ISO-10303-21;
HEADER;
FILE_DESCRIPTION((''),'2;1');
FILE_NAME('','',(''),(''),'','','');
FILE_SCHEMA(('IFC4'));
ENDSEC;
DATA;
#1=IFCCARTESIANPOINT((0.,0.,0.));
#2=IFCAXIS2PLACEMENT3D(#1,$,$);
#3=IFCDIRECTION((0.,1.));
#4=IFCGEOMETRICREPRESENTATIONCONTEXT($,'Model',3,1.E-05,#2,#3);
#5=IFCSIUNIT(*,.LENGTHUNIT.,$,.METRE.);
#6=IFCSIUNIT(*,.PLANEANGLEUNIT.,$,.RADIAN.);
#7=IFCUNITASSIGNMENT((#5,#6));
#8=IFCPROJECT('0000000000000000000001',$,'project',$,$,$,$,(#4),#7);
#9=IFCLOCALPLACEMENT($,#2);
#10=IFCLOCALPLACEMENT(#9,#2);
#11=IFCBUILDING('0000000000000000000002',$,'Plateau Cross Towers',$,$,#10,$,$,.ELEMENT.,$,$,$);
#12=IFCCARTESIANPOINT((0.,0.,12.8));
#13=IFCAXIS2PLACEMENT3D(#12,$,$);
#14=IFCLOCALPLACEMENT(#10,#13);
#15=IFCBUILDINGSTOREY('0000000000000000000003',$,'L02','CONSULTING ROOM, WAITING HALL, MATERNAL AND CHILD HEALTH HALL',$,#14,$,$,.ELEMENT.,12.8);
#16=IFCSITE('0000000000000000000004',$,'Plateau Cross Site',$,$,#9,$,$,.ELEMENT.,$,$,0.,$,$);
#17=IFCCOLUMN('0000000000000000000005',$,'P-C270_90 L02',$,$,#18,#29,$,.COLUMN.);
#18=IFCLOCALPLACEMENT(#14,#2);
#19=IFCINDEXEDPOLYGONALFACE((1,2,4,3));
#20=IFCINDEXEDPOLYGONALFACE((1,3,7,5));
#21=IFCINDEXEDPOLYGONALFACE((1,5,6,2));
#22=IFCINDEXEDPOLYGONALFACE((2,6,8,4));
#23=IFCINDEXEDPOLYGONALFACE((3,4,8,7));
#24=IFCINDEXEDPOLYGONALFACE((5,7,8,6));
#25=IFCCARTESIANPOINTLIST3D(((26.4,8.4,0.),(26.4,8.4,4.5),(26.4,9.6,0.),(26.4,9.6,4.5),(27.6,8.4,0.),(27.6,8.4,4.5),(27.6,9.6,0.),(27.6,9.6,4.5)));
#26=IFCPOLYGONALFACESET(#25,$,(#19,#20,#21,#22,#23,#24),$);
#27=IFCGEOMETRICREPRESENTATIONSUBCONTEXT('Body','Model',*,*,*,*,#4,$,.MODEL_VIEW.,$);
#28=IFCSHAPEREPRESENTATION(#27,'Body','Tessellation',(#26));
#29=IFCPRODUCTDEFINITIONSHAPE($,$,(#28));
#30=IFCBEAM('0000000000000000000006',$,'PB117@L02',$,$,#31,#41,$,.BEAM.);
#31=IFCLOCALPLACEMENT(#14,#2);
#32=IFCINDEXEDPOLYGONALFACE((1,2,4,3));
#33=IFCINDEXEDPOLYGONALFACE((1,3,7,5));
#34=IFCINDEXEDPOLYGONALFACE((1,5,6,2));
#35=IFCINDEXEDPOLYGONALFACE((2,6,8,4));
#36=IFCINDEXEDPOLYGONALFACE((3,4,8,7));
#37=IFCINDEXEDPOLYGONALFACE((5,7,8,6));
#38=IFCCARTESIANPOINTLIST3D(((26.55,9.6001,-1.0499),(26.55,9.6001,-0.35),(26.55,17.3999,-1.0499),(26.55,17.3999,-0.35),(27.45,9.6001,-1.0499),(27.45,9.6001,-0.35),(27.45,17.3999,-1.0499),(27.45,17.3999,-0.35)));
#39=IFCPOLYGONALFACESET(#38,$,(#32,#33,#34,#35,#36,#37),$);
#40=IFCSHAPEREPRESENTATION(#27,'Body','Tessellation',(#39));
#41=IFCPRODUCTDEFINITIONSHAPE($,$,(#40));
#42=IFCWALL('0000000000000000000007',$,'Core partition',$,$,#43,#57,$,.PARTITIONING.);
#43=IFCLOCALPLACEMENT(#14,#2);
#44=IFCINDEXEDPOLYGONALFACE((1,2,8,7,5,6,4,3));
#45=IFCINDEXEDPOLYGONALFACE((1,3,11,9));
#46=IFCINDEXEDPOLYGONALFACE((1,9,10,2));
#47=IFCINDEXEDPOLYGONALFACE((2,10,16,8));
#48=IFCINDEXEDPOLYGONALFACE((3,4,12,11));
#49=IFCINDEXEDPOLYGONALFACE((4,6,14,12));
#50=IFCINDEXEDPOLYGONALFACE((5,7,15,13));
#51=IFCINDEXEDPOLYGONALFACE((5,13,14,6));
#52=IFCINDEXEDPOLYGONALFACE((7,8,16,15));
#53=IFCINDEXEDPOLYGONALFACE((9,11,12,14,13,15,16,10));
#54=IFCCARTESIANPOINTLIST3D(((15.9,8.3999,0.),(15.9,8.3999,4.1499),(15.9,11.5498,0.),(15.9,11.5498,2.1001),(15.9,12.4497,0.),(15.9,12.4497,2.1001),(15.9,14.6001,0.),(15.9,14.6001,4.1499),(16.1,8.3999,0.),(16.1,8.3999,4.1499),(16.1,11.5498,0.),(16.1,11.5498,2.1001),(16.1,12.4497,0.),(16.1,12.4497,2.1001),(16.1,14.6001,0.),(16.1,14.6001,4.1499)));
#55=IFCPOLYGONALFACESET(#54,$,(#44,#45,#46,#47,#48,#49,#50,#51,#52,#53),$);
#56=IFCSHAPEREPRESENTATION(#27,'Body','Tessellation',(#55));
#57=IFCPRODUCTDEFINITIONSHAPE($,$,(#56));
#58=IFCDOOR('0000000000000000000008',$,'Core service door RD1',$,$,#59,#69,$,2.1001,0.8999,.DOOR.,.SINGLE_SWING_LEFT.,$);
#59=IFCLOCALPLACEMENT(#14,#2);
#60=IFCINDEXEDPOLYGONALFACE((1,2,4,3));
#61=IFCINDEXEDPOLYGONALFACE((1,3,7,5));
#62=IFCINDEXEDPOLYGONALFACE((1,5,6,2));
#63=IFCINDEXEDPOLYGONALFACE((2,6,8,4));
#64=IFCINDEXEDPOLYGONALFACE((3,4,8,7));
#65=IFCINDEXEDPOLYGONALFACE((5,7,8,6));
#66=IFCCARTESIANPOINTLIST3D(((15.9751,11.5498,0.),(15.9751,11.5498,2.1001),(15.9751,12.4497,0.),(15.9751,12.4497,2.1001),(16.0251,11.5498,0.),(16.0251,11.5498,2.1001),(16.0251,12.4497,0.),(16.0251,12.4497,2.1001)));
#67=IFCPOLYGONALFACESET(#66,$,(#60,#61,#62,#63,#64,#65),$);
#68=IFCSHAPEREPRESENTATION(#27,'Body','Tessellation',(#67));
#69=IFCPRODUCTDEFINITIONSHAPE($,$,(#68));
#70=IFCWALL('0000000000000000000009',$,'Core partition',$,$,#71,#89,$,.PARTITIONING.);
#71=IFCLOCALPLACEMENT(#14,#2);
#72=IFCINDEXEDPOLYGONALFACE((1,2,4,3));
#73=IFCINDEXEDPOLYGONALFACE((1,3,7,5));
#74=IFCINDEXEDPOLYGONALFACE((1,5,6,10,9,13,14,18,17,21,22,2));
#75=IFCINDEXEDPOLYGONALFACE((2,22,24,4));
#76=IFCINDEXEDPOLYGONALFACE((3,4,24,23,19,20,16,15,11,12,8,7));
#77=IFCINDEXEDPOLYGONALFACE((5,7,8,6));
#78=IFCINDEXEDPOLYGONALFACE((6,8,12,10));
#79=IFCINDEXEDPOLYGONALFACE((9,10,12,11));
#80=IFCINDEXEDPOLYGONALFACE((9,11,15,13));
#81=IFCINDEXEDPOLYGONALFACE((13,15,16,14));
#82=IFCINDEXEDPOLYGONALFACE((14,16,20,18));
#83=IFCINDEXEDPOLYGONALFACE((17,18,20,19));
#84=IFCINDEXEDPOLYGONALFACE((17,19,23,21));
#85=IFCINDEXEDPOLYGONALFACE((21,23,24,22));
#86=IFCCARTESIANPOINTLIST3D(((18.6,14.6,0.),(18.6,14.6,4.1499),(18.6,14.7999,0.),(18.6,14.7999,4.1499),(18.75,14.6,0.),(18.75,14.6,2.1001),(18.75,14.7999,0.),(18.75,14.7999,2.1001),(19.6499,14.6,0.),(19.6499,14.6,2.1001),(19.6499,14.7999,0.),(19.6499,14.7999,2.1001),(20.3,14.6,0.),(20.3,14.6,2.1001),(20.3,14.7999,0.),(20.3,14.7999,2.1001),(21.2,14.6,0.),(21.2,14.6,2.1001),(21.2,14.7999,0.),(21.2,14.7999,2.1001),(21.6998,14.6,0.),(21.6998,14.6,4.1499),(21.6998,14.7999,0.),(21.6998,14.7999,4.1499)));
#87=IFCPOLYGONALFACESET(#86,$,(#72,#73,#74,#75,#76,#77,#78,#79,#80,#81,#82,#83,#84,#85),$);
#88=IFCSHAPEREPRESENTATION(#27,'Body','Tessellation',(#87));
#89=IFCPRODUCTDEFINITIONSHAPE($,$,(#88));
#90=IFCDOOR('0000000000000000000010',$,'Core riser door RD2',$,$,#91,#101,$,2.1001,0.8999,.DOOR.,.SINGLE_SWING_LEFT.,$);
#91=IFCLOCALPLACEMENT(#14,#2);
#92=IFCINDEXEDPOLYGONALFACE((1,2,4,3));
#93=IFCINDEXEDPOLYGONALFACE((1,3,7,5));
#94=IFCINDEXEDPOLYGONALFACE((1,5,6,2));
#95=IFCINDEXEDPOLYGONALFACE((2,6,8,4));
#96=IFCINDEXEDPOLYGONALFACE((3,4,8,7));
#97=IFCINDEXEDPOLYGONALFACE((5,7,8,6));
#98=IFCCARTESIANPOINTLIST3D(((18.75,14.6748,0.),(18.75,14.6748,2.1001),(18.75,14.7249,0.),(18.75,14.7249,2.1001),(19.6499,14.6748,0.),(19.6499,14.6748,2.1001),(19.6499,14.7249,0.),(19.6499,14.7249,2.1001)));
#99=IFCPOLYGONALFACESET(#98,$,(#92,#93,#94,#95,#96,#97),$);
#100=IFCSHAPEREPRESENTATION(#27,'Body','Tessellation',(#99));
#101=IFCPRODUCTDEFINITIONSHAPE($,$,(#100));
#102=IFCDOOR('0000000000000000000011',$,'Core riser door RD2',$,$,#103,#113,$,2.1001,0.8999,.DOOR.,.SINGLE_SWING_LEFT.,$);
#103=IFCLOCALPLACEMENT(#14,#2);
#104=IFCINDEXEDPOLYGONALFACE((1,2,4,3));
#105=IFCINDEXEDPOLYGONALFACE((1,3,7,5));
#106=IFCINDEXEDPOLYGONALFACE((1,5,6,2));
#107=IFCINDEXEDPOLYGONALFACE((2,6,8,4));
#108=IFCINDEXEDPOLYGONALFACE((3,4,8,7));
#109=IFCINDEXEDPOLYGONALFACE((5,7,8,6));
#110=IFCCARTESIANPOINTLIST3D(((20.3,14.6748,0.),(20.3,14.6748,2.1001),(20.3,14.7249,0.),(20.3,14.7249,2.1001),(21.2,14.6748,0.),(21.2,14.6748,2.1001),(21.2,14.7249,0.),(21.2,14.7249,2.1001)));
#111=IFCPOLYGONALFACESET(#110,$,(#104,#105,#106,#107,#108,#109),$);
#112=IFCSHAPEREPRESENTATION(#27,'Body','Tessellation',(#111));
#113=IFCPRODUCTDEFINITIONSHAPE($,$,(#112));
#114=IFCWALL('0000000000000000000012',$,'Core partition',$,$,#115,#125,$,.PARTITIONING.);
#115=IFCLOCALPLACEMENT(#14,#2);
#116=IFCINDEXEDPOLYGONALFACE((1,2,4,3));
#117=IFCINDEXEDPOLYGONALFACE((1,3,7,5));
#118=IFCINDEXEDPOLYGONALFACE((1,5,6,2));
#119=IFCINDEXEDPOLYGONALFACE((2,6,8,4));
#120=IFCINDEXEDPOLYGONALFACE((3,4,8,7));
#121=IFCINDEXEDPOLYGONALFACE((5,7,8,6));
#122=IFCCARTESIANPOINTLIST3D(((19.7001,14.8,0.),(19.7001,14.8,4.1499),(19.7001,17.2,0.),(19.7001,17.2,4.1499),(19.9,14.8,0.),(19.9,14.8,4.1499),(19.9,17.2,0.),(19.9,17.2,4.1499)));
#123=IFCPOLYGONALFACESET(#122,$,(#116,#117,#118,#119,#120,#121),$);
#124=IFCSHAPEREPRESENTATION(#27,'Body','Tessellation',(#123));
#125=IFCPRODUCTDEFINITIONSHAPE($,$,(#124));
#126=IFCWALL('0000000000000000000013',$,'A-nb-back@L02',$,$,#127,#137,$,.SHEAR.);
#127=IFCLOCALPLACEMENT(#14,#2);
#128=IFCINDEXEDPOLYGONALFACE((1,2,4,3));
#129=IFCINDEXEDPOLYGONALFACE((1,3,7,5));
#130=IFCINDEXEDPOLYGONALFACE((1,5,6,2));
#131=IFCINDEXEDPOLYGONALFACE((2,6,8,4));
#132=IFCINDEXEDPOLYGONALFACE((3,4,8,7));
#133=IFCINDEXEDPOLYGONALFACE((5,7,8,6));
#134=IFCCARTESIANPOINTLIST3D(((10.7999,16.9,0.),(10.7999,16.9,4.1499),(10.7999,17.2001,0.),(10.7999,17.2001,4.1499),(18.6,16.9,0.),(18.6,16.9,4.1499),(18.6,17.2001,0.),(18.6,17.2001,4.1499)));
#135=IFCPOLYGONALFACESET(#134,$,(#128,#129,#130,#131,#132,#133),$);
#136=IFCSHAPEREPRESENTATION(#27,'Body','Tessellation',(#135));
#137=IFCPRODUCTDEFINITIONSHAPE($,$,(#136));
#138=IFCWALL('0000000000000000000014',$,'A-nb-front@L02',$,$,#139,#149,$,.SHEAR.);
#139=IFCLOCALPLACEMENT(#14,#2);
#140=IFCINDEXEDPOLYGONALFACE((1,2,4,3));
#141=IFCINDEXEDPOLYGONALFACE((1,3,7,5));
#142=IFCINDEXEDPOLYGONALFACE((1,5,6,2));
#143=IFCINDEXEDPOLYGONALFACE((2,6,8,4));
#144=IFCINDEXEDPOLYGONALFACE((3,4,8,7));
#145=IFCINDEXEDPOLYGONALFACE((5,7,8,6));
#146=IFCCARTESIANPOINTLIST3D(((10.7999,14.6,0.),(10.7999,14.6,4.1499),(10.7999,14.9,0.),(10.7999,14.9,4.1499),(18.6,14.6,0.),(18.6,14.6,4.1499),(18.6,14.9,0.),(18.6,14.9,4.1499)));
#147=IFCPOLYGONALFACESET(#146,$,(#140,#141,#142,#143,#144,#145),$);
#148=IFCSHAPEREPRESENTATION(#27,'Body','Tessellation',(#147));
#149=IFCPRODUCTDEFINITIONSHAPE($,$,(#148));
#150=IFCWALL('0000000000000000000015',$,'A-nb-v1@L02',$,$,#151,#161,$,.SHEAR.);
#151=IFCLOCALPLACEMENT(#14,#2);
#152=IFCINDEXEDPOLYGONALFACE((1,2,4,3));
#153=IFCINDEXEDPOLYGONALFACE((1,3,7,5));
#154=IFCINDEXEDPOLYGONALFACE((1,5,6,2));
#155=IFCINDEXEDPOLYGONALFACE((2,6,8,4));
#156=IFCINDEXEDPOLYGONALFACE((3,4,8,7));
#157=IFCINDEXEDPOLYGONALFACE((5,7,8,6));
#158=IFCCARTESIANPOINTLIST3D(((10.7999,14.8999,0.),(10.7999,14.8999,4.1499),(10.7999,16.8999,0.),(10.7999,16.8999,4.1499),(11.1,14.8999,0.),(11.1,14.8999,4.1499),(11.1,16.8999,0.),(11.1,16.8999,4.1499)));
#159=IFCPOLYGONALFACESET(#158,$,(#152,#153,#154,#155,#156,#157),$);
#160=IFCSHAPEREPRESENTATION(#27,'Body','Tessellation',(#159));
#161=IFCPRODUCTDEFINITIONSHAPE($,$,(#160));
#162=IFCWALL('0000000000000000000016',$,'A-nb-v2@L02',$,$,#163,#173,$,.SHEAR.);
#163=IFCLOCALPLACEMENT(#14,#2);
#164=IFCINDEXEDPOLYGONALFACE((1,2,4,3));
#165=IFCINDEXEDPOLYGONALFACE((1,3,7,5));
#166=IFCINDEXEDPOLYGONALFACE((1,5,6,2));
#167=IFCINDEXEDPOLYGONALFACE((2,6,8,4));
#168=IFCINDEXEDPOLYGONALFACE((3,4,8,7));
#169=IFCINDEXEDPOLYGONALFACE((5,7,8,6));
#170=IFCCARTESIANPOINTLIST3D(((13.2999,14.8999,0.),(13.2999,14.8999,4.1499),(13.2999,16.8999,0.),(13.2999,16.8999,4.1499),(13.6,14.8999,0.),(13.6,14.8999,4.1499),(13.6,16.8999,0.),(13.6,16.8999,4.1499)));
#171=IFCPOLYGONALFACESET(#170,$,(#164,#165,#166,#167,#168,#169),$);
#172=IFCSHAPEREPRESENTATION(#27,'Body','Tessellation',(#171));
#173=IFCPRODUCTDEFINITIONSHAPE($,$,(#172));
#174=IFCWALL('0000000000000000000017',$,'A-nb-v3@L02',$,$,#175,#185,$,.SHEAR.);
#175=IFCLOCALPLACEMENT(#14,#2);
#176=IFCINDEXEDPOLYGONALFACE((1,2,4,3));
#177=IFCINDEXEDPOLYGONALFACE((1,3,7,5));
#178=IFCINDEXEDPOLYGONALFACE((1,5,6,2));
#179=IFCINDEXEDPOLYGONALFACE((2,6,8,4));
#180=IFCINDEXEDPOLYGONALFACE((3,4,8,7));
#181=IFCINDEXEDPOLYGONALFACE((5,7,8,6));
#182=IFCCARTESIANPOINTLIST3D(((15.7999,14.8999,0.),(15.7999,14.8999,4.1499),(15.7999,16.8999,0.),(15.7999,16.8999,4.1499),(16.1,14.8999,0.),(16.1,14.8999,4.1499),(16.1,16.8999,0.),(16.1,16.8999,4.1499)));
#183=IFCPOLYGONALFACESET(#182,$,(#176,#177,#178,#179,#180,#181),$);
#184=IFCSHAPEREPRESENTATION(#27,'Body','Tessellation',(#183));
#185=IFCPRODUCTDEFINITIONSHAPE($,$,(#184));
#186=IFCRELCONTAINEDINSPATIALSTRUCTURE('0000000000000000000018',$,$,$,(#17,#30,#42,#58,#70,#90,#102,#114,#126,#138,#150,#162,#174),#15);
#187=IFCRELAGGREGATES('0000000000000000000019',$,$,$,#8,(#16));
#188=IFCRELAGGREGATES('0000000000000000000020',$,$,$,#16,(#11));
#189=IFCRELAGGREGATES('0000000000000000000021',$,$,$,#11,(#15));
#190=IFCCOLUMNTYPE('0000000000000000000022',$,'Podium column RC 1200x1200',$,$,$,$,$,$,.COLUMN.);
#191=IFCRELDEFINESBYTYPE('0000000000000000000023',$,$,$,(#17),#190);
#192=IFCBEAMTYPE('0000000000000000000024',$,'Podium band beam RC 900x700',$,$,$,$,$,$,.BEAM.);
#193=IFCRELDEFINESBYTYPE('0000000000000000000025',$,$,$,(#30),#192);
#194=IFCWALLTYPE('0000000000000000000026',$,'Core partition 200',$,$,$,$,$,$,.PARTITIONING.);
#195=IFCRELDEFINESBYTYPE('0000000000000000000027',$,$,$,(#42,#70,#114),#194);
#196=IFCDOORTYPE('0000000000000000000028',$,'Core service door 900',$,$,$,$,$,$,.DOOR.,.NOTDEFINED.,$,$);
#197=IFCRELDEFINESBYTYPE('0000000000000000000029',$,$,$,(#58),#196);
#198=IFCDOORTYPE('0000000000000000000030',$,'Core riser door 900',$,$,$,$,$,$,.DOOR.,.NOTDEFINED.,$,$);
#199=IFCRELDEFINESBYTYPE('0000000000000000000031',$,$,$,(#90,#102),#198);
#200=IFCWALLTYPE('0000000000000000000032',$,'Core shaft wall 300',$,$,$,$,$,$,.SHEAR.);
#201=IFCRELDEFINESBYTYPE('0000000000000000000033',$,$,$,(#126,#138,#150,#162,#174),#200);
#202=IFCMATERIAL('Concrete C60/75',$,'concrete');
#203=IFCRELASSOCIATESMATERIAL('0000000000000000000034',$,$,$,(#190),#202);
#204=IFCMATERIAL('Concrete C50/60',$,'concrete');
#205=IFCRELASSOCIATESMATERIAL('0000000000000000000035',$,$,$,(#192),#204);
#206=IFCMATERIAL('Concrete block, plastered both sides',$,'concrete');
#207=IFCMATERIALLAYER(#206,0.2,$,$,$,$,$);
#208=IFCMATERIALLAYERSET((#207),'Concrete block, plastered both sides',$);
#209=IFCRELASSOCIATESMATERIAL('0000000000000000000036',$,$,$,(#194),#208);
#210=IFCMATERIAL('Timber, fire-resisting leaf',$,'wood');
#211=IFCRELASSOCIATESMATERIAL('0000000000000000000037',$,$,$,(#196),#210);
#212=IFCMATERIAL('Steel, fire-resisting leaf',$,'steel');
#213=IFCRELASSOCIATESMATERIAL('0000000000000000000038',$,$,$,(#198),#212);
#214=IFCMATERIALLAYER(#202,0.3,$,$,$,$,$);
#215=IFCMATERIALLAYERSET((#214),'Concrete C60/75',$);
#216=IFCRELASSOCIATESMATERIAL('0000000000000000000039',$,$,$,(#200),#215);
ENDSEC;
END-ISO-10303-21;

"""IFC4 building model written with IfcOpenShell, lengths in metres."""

from ifc_helpers import new_model, si_unit, direction, frame, frame_2d, origin, origin_2d, place, context, subcontext, project, spatial, rectangle, extrude, material, layer, layer_set, material_profile, profile_set, type_object, element, fill, save


model = new_model("IFC4")

# Units and contexts
model_context = context("Model", 3, precision=1e-05, world=origin(), true_north=direction((0.0, 1.0)))
body_context = subcontext(model_context, "Body", "Model", "MODEL_VIEW")
ifc_project = project(units=[si_unit("LENGTHUNIT", "METRE"), si_unit("PLANEANGLEUNIT", "RADIAN")], contexts=[model_context])

# Site, building, storey
site_placement = place(None, origin())
site = spatial("IfcSite", under=ifc_project, at=site_placement, Name="Plateau Cross Site", CompositionType="ELEMENT", RefElevation=0.0)
building_placement = place(site_placement, origin())
building = spatial("IfcBuilding", under=site, at=building_placement, Name="Plateau Cross Towers", CompositionType="ELEMENT")
storey_placement = place(building_placement, frame((0.0, 0.0, 12.8)))
storey = spatial("IfcBuildingStorey", under=building, at=storey_placement, Name="L02", Description="CONSULTING ROOM, WAITING HALL, MATERNAL AND CHILD HEALTH HALL", CompositionType="ELEMENT", Elevation=12.8)

# Column
ifc_material_1 = material(Name="Concrete C60/75", Category="concrete")
ifc_material_profile_1 = material_profile(ifc_material_1, rectangle(XDim=1.2, YDim=1.2, at=origin_2d()), Name="RC 1200x1200")
ifc_profile_set_1 = profile_set([ifc_material_profile_1], Name="Concrete C60/75")
column_type = type_object("IfcColumnType", Name="Podium column RC 1200x1200", PredefinedType="COLUMN", material=ifc_profile_set_1)
column_placement = place(storey_placement, frame((27.0, 9.0, 0.0), z_axis=(0.0, 0.0, 1.0), x_axis=(1.0, 0.0, 0.0)))
element("IfcColumn", 1, at=column_placement, inside=storey, type_object=column_type, Name="P-C270_90 L02", PredefinedType="COLUMN", context=body_context, shape_type="SweptSolid", body=[
    extrude(rectangle(XDim=1.2, YDim=1.2, at=origin_2d()), origin(), (0.0, 0.0, 1.0), 4.5),
])

# Beam
ifc_material_2 = material(Name="Concrete C50/60", Category="concrete")
ifc_material_profile_2 = material_profile(ifc_material_2, rectangle(XDim=0.8999, YDim=0.7, at=origin_2d()), Name="RC 900x700")
ifc_profile_set_2 = profile_set([ifc_material_profile_2], Name="Concrete C50/60")
beam_type = type_object("IfcBeamType", Name="Podium band beam RC 900x700", PredefinedType="BEAM", material=ifc_profile_set_2)
beam_placement = place(storey_placement, frame((27.0, 9.6001, -0.7), z_axis=(0.0, 1.0, 0.0), x_axis=(-1.0, 0.0, 0.0)))
element("IfcBeam", 2, at=beam_placement, inside=storey, type_object=beam_type, Name="PB117@L02", PredefinedType="BEAM", context=body_context, shape_type="SweptSolid", body=[
    extrude(rectangle(XDim=0.8999, YDim=0.7, at=origin_2d()), origin(), (0.0, 0.0, 1.0), 7.7998),
])

# Wall, opening, door
ifc_material_3 = material(Name="Concrete block, plastered both sides", Category="concrete")
ifc_layer_1 = layer(ifc_material_3, 0.2)
ifc_layer_set_1 = layer_set([ifc_layer_1], Name="Concrete block, plastered both sides")
wall_type_1 = type_object("IfcWallType", Name="Core partition 200", PredefinedType="PARTITIONING", material=ifc_layer_set_1)
wall_1_placement = place(storey_placement, frame((16.0, 8.3999, 0.0), z_axis=(0.0, 0.0, 1.0), x_axis=(0.0, 1.0, 0.0)))
wall_1 = element("IfcWall", 3, at=wall_1_placement, inside=storey, type_object=wall_type_1, Name="Core partition", PredefinedType="PARTITIONING", context=body_context, shape_type="SweptSolid", body=[
    extrude(rectangle(XDim=6.2002, YDim=0.2, at=frame_2d((3.1001, 0.0))), origin(), (0.0, 0.0, 1.0), 4.1499),
])
opening_1_placement = place(wall_1_placement, frame((3.1499, 0.0, 0.0)))
opening_1 = element("IfcOpeningElement", 4, at=opening_1_placement, cuts=wall_1, PredefinedType="OPENING", context=body_context, shape_type="SweptSolid", body=[
    extrude(rectangle(XDim=0.8999, YDim=2.1001, at=frame_2d((0.45, 1.05))), frame((0.0, 0.1099, 0.0), z_axis=(0.0, -1.0, 0.0), x_axis=(1.0, 0.0, 0.0)), (0.0, 0.0, 1.0), 0.22),
])
ifc_material_4 = material(Name="Timber, fire-resisting leaf", Category="wood")
door_type_1 = type_object("IfcDoorType", Name="Core service door 900", OperationType="NOTDEFINED", PredefinedType="DOOR", material=ifc_material_4)
door_1_placement = place(opening_1_placement, origin())
door_1 = element("IfcDoor", 5, at=door_1_placement, inside=storey, type_object=door_type_1, Name="Core service door RD1", OperationType="SINGLE_SWING_LEFT", OverallHeight=2.1001, OverallWidth=0.8999, PredefinedType="DOOR", context=body_context, shape_type="SweptSolid", body=[
    extrude(rectangle(XDim=0.8999, YDim=2.1001, at=frame_2d((0.45, 1.05))), frame((0.0, 0.0249, 0.0), z_axis=(0.0, -1.0, 0.0), x_axis=(1.0, 0.0, 0.0)), (0.0, 0.0, 1.0), 0.05),
])
fill(opening_1, door_1)

# Wall, openings, doors
wall_2_placement = place(storey_placement, frame((18.6001, 14.7, 0.0), z_axis=(0.0, 0.0, 1.0), x_axis=(1.0, 0.0, 0.0)))
wall_2 = element("IfcWall", 6, at=wall_2_placement, inside=storey, type_object=wall_type_1, Name="Core partition", PredefinedType="PARTITIONING", context=body_context, shape_type="SweptSolid", body=[
    extrude(rectangle(XDim=3.0999, YDim=0.2, at=frame_2d((1.5498, 0.0))), origin(), (0.0, 0.0, 1.0), 4.1499),
])
opening_2_placement = place(wall_2_placement, frame((0.1499, 0.0, 0.0)))
opening_2 = element("IfcOpeningElement", 7, at=opening_2_placement, cuts=wall_2, PredefinedType="OPENING", context=body_context, shape_type="SweptSolid", body=[
    extrude(rectangle(XDim=0.8999, YDim=2.1001, at=frame_2d((0.45, 1.05))), frame((0.0, 0.1099, 0.0), z_axis=(0.0, -1.0, 0.0), x_axis=(1.0, 0.0, 0.0)), (0.0, 0.0, 1.0), 0.22),
])
opening_3_placement = place(wall_2_placement, frame((1.7, 0.0, 0.0)))
opening_3 = element("IfcOpeningElement", 8, at=opening_3_placement, cuts=wall_2, PredefinedType="OPENING", context=body_context, shape_type="SweptSolid", body=[
    extrude(rectangle(XDim=0.8999, YDim=2.1001, at=frame_2d((0.45, 1.05))), frame((0.0, 0.1099, 0.0), z_axis=(0.0, -1.0, 0.0), x_axis=(1.0, 0.0, 0.0)), (0.0, 0.0, 1.0), 0.22),
])
ifc_material_5 = material(Name="Steel, fire-resisting leaf", Category="steel")
door_type_2 = type_object("IfcDoorType", Name="Core riser door 900", OperationType="NOTDEFINED", PredefinedType="DOOR", material=ifc_material_5)
door_2_placement = place(opening_2_placement, origin())
door_2 = element("IfcDoor", 9, at=door_2_placement, inside=storey, type_object=door_type_2, Name="Core riser door RD2", OperationType="SINGLE_SWING_LEFT", OverallHeight=2.1001, OverallWidth=0.8999, PredefinedType="DOOR", context=body_context, shape_type="SweptSolid", body=[
    extrude(rectangle(XDim=0.8999, YDim=2.1001, at=frame_2d((0.45, 1.05))), frame((0.0, 0.0249, 0.0), z_axis=(0.0, -1.0, 0.0), x_axis=(1.0, 0.0, 0.0)), (0.0, 0.0, 1.0), 0.05),
])
fill(opening_2, door_2)
door_3_placement = place(opening_3_placement, origin())
door_3 = element("IfcDoor", 10, at=door_3_placement, inside=storey, type_object=door_type_2, Name="Core riser door RD2", OperationType="SINGLE_SWING_LEFT", OverallHeight=2.1001, OverallWidth=0.8999, PredefinedType="DOOR", context=body_context, shape_type="SweptSolid", body=[
    extrude(rectangle(XDim=0.8999, YDim=2.1001, at=frame_2d((0.45, 1.05))), frame((0.0, 0.0249, 0.0), z_axis=(0.0, -1.0, 0.0), x_axis=(1.0, 0.0, 0.0)), (0.0, 0.0, 1.0), 0.05),
])
fill(opening_3, door_3)

# Walls
wall_3_placement = place(storey_placement, frame((19.8, 14.8, 0.0), z_axis=(0.0, 0.0, 1.0), x_axis=(0.0, 1.0, 0.0)))
element("IfcWall", 11, at=wall_3_placement, inside=storey, type_object=wall_type_1, Name="Core partition", PredefinedType="PARTITIONING", context=body_context, shape_type="SweptSolid", body=[
    extrude(rectangle(XDim=2.3999, YDim=0.2, at=frame_2d((1.2, 0.0))), origin(), (0.0, 0.0, 1.0), 4.1499),
])
ifc_layer_2 = layer(ifc_material_1, 0.3)
ifc_layer_set_2 = layer_set([ifc_layer_2], Name="Concrete C60/75")
wall_type_2 = type_object("IfcWallType", Name="Core shaft wall 300", PredefinedType="SHEAR", material=ifc_layer_set_2)
for number, where, z_axis, x_axis, name in (
    (12, (10.8, 17.05, 0.0), (0.0, 0.0, 1.0), (1.0, 0.0, 0.0), "A-nb-back@L02"),
    (13, (10.8, 14.75, 0.0), (0.0, 0.0, 1.0), (1.0, 0.0, 0.0), "A-nb-front@L02"),
):
    element("IfcWall", number, at=place(storey_placement, frame(where, z_axis=z_axis, x_axis=x_axis)), inside=storey, type_object=wall_type_2, Name=name, PredefinedType="SHEAR", context=body_context, shape_type="SweptSolid", body=[
        extrude(rectangle(XDim=7.8, YDim=0.3, at=frame_2d((3.8999, 0.0))), origin(), (0.0, 0.0, 1.0), 4.1499),
    ])
for number, where, z_axis, x_axis, name in (
    (14, (10.95, 14.8999, 0.0), (0.0, 0.0, 1.0), (0.0, 1.0, 0.0), "A-nb-v1@L02"),
    (15, (13.45, 14.8999, 0.0), (0.0, 0.0, 1.0), (0.0, 1.0, 0.0), "A-nb-v2@L02"),
    (16, (15.95, 14.8999, 0.0), (0.0, 0.0, 1.0), (0.0, 1.0, 0.0), "A-nb-v3@L02"),
):
    element("IfcWall", number, at=place(storey_placement, frame(where, z_axis=z_axis, x_axis=x_axis)), inside=storey, type_object=wall_type_2, Name=name, PredefinedType="SHEAR", context=body_context, shape_type="SweptSolid", body=[
        extrude(rectangle(XDim=2.0, YDim=0.3, at=frame_2d((1.0, 0.0))), origin(), (0.0, 0.0, 1.0), 4.1499),
    ])

save(model, "model.ifc")
